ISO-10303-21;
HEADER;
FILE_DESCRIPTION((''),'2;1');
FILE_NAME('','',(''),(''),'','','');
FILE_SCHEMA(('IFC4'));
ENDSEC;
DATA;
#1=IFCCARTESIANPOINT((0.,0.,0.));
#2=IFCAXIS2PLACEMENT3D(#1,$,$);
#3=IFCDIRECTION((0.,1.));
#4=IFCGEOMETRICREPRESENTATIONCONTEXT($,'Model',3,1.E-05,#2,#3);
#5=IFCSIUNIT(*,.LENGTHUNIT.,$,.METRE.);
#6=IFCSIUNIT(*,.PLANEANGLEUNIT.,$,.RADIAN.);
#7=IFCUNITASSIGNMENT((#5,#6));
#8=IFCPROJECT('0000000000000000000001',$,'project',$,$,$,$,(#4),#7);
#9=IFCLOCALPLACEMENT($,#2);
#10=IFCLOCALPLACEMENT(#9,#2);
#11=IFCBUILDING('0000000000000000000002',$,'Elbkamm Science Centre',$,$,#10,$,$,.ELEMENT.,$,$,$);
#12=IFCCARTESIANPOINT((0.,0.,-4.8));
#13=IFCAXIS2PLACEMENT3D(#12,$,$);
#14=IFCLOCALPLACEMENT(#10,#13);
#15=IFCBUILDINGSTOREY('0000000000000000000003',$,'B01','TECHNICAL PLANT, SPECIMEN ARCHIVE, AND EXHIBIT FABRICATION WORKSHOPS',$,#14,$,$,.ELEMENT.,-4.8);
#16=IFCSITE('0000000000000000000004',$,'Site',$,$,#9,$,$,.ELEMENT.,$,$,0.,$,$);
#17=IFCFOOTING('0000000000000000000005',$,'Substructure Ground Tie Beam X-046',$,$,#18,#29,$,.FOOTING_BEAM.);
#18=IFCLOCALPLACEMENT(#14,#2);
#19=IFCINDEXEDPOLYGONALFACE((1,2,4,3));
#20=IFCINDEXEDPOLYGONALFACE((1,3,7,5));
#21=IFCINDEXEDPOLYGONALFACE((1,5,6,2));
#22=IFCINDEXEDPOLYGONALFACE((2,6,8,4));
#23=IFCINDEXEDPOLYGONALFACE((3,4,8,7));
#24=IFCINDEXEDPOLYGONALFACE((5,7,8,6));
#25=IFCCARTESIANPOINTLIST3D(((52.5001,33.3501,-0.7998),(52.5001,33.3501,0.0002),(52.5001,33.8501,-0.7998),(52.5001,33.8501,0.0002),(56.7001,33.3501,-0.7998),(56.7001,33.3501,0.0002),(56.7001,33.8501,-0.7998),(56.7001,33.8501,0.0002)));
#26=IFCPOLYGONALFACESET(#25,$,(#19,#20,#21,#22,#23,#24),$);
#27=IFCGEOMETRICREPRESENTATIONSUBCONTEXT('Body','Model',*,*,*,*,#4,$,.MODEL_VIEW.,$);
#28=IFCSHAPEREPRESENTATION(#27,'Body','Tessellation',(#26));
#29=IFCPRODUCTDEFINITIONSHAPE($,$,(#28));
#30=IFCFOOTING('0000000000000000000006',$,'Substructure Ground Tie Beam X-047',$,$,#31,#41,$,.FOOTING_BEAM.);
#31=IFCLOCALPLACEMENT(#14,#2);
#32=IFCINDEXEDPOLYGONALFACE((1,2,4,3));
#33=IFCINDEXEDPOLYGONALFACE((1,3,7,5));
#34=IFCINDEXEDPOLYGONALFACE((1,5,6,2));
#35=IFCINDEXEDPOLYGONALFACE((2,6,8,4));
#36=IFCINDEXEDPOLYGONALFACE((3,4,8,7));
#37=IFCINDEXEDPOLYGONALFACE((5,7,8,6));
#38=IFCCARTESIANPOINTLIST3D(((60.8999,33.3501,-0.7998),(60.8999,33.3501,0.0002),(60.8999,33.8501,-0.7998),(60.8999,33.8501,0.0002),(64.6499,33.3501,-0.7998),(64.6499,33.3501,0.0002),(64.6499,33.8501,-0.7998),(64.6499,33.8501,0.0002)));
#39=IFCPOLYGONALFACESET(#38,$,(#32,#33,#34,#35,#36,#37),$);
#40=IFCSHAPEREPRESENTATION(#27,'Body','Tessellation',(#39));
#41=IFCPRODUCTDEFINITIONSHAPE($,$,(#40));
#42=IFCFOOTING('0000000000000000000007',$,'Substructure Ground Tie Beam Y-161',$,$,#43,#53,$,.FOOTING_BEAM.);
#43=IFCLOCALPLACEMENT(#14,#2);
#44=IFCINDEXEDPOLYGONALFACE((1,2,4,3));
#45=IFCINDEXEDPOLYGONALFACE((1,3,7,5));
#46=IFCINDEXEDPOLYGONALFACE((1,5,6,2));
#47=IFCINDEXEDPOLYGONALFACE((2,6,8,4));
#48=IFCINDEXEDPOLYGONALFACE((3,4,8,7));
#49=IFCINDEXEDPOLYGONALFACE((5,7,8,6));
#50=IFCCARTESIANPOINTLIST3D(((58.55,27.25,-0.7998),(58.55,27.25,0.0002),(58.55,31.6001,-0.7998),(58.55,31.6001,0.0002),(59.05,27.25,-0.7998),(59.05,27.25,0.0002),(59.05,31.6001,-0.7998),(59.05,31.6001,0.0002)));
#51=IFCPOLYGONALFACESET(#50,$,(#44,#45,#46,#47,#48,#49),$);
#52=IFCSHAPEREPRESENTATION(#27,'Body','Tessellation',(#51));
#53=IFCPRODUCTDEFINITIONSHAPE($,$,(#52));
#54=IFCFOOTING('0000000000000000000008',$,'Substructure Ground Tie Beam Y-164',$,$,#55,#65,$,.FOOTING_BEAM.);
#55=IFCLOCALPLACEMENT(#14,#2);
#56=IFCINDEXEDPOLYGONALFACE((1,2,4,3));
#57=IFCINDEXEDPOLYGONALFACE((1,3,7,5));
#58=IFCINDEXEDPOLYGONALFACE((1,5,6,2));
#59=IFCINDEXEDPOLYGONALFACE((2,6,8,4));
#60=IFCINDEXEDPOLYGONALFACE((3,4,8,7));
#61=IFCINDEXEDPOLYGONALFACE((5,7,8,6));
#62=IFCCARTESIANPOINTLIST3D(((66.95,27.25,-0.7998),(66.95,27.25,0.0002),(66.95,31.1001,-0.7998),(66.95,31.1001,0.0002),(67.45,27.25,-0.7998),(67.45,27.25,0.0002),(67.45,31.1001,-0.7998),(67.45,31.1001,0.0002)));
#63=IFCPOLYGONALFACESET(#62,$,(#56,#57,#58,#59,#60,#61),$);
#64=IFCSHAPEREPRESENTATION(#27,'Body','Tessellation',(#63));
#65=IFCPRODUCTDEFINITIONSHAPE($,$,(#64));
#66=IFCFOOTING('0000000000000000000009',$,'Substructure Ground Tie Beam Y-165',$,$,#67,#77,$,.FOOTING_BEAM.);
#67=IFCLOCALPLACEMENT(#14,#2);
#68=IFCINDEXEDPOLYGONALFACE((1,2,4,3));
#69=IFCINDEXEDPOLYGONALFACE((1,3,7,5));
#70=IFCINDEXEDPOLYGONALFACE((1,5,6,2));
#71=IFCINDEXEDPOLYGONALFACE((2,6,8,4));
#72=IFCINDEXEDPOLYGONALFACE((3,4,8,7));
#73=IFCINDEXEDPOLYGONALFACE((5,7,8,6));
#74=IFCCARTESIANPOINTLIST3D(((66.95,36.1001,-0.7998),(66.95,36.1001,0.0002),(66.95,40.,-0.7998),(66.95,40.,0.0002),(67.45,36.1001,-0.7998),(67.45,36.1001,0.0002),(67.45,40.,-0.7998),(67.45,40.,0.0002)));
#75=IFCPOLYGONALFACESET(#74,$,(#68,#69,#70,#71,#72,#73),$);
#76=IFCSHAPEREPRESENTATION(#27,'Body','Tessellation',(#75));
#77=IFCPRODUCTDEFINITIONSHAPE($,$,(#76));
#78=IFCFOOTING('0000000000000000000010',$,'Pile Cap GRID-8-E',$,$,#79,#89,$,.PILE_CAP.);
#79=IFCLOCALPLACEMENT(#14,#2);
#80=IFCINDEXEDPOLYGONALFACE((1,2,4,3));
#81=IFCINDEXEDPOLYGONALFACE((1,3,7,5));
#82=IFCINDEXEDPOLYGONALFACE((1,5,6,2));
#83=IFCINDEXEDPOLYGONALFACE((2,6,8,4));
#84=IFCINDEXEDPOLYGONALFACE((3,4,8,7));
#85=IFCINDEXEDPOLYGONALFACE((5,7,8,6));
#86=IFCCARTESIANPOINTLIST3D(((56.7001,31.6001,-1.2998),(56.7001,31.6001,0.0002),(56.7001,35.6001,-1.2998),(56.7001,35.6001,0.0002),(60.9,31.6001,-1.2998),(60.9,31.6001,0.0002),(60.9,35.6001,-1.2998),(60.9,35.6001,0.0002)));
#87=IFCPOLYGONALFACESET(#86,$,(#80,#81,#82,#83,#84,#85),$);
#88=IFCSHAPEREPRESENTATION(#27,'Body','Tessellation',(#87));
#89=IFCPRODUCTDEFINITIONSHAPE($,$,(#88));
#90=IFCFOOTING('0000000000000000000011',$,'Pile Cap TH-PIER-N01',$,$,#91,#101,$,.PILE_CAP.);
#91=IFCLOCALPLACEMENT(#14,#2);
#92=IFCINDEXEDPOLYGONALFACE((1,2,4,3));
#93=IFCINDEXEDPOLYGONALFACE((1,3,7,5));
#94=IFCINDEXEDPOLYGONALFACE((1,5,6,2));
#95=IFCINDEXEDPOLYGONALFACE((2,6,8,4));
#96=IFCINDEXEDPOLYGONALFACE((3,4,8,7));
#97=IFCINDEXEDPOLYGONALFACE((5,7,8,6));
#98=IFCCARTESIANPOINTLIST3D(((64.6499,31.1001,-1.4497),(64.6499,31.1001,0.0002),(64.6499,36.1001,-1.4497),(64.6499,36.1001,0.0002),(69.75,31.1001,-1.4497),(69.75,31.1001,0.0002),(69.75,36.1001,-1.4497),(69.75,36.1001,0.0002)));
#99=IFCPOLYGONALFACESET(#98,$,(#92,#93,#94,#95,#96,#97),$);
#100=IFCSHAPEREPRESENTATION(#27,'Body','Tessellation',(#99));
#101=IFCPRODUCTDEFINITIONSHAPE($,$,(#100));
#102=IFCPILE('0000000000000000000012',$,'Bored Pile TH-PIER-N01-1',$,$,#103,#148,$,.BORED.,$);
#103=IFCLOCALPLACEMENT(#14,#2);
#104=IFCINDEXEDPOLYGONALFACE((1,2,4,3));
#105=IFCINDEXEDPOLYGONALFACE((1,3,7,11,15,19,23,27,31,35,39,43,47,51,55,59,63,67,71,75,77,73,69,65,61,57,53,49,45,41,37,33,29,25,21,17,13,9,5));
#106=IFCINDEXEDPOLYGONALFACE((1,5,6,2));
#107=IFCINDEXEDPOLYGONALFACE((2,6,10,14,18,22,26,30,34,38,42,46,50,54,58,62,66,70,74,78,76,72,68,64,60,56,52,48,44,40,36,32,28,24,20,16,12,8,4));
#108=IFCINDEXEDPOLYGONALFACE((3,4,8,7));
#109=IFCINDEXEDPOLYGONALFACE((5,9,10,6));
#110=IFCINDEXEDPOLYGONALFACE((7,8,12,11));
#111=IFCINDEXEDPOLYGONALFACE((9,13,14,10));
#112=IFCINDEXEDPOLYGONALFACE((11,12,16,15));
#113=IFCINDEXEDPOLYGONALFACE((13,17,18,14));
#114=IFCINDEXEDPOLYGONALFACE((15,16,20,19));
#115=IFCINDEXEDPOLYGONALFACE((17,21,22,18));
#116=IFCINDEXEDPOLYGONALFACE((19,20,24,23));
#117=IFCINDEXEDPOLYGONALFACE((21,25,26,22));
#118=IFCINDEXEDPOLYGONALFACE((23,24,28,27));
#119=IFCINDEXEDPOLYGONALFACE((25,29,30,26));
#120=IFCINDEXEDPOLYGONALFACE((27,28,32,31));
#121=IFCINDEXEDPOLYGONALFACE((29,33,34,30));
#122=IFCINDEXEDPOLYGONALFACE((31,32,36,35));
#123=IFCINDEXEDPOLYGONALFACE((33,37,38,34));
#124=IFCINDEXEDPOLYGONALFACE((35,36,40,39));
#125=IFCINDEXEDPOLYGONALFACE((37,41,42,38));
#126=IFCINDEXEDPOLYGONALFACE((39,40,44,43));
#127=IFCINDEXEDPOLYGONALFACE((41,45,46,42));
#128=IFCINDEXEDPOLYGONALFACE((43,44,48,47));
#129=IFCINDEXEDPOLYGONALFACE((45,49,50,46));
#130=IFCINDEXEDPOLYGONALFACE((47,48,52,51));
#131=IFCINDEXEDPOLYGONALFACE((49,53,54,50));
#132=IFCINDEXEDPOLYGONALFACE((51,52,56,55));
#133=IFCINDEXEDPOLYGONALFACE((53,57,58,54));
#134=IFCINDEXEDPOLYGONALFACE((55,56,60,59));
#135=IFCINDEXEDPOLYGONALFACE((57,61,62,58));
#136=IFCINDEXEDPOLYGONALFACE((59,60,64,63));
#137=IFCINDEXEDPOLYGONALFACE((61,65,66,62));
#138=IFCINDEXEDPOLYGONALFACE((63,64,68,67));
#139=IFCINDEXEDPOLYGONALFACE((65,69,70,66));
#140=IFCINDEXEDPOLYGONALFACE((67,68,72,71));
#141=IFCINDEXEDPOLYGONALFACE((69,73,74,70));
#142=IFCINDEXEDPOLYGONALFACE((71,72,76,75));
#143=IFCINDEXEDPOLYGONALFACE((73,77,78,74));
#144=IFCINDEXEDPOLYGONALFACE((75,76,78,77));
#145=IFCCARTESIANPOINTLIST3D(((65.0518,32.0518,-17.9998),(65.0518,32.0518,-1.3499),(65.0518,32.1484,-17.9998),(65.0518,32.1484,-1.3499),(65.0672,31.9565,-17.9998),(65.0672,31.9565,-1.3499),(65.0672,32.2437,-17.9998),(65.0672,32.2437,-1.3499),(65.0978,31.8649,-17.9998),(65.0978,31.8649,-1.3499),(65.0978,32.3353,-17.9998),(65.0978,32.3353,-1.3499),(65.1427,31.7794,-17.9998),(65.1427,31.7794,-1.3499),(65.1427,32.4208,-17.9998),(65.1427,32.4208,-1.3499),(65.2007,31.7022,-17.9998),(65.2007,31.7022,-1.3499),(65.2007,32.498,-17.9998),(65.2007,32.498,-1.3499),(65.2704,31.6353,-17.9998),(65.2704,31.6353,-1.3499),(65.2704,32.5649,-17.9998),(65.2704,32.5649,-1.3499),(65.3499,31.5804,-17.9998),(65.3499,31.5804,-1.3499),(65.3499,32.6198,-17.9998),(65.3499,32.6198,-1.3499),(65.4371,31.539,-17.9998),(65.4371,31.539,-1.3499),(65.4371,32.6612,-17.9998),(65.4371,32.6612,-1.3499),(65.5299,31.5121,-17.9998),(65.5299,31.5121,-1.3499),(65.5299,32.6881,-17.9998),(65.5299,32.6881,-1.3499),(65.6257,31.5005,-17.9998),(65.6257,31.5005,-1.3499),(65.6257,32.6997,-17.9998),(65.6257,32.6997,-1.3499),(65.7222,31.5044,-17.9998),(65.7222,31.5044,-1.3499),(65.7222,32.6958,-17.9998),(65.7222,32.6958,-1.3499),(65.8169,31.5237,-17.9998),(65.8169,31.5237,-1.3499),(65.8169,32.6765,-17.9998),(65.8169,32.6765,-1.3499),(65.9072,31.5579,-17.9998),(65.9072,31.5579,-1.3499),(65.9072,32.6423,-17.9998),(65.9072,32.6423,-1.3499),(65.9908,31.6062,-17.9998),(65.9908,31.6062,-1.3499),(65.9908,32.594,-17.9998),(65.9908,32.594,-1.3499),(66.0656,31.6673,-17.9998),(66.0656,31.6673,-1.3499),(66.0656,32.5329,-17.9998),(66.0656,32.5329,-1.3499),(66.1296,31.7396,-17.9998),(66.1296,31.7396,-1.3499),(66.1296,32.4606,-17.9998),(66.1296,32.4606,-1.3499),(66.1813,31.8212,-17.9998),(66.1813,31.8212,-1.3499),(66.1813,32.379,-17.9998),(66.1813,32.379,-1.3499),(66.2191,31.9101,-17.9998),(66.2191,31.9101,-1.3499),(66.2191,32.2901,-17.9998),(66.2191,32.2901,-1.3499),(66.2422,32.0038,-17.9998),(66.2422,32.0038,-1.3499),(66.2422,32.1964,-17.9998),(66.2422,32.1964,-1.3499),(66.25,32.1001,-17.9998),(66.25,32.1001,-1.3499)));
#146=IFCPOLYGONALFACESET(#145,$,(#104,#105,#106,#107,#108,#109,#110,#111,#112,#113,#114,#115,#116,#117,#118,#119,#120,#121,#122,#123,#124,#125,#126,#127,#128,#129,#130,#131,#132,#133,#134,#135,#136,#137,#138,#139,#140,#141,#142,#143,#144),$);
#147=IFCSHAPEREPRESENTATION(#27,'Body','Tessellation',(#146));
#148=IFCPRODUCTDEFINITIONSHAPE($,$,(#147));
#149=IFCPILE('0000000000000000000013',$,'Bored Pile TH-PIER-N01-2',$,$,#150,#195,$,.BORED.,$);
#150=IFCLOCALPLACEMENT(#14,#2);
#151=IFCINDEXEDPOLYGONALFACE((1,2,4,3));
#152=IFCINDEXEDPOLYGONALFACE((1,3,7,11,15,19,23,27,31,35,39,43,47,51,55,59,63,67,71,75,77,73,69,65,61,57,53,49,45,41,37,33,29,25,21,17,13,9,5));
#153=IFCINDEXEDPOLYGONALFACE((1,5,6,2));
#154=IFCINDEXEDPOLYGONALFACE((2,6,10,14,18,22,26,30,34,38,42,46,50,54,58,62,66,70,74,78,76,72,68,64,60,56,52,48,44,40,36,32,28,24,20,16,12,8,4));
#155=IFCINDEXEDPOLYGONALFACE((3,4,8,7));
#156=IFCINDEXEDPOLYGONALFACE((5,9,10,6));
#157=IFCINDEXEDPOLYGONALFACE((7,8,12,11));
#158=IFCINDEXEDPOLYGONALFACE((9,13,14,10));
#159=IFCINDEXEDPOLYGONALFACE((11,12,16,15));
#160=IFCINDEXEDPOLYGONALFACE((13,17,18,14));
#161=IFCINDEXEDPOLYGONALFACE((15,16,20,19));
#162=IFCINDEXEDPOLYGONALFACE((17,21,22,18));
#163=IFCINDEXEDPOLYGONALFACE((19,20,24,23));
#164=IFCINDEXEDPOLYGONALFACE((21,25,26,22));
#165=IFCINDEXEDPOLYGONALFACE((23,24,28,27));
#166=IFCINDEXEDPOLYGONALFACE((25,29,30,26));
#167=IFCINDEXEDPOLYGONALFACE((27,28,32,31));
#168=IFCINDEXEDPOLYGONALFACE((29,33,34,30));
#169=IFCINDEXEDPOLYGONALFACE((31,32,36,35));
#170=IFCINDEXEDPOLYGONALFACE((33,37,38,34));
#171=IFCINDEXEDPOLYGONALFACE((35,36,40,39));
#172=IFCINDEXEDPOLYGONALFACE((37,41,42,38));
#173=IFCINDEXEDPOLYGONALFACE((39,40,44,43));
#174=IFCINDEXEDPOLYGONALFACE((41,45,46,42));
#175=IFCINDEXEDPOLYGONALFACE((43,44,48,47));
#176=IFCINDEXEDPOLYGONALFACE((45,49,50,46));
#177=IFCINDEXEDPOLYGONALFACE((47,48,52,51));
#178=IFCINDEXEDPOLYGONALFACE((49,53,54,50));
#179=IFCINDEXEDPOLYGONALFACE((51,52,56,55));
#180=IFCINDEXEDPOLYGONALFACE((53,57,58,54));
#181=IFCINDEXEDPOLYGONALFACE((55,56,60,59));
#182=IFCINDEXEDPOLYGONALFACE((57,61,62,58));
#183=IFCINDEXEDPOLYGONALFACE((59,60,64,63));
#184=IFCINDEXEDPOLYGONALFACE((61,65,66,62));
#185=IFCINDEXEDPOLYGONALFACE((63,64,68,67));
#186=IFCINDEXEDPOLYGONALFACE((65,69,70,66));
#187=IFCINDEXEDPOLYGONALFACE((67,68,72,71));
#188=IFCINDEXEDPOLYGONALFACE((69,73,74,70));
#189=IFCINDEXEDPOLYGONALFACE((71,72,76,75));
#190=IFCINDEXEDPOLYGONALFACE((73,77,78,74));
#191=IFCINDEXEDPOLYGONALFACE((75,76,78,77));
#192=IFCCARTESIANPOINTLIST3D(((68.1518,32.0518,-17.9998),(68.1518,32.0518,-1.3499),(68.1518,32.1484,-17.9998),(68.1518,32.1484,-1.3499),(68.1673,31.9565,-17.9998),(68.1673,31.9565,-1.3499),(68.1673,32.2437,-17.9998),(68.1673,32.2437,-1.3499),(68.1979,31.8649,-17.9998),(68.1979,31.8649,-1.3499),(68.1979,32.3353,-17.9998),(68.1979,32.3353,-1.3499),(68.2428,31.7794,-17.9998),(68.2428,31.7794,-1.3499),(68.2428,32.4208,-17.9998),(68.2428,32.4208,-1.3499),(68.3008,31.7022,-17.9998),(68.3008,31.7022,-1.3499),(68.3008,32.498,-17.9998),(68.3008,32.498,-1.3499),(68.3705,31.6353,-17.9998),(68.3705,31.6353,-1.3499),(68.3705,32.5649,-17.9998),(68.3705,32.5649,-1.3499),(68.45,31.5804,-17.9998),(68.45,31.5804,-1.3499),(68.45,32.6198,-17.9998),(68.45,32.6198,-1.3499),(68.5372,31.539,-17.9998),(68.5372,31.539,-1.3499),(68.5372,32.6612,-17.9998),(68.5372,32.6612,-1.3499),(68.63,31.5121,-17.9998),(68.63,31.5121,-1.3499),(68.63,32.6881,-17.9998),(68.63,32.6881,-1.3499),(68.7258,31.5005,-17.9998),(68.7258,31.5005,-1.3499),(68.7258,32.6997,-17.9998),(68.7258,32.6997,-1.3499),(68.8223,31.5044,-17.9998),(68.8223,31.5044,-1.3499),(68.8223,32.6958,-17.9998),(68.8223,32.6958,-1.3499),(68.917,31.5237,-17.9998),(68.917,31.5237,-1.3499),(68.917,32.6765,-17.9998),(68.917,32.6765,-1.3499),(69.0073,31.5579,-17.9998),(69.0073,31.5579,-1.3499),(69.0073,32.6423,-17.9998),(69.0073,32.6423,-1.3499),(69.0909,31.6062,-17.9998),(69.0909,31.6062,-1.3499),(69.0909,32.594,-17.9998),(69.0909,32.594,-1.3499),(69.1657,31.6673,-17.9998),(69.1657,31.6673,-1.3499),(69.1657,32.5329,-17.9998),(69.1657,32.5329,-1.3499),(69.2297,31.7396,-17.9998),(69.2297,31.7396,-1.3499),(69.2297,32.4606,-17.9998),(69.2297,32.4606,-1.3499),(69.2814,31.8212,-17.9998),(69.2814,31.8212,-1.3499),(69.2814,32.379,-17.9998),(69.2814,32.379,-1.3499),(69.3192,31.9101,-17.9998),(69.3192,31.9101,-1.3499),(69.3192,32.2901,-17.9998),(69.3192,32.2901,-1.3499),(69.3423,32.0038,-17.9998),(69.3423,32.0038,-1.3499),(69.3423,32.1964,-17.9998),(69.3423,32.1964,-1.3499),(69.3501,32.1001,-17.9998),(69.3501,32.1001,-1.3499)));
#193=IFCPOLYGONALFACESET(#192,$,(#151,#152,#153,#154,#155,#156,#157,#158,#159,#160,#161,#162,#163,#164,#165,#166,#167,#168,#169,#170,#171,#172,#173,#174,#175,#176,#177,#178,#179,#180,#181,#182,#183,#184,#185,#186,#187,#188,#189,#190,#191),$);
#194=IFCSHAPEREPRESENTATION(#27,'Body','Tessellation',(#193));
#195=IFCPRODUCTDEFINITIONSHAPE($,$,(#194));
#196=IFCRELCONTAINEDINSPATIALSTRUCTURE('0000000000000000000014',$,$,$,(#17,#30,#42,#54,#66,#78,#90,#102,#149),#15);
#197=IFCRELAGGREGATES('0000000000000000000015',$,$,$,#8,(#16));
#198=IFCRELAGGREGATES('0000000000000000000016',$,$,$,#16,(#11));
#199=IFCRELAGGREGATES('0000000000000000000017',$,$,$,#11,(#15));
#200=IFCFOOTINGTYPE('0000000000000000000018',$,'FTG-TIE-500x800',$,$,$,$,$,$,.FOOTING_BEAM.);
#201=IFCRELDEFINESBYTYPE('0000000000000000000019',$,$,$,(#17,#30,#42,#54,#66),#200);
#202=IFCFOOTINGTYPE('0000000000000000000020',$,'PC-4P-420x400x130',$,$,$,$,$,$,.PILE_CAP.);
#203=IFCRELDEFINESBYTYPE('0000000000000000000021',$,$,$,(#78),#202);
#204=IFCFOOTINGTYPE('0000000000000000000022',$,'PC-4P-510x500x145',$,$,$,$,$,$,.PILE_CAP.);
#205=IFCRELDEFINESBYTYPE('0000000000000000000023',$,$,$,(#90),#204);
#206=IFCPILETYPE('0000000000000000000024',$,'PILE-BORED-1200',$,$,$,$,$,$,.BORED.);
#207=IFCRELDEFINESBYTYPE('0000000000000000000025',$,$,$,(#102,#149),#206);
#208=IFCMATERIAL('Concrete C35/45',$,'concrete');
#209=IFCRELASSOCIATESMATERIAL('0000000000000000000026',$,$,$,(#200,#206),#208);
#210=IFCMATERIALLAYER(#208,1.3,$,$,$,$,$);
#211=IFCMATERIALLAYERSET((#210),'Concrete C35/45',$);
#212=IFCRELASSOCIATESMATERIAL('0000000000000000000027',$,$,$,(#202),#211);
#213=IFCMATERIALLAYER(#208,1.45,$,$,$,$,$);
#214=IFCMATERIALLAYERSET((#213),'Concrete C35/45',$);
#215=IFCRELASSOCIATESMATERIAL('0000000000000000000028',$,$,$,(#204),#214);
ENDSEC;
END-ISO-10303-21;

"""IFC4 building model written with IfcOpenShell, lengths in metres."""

from ifc_helpers import new_model, si_unit, direction, frame, origin, origin_2d, place, context, subcontext, project, spatial, rectangle, circle, extrude, material, layer, layer_set, material_profile, profile_set, type_object, element, save


model = new_model("IFC4")

# Units and contexts
model_context = context("Model", 3, precision=1e-05, world=origin(), true_north=direction((0.0, 1.0)))
body_context = subcontext(model_context, "Body", "Model", "MODEL_VIEW")
ifc_project = project(units=[si_unit("LENGTHUNIT", "METRE"), si_unit("PLANEANGLEUNIT", "RADIAN")], contexts=[model_context])

# Site, building, storey
site_placement = place(None, origin())
site = spatial("IfcSite", under=ifc_project, at=site_placement, Name="Site", CompositionType="ELEMENT", RefElevation=0.0)
building_placement = place(site_placement, origin())
building = spatial("IfcBuilding", under=site, at=building_placement, Name="Elbkamm Science Centre", CompositionType="ELEMENT")
storey_placement = place(building_placement, frame((0.0, 0.0, -4.8)))
storey = spatial("IfcBuildingStorey", under=building, at=storey_placement, Name="B01", Description="TECHNICAL PLANT, SPECIMEN ARCHIVE, AND EXHIBIT FABRICATION WORKSHOPS", CompositionType="ELEMENT", Elevation=-4.8)

# Footings
ifc_material_1 = material(Name="Concrete C35/45", Category="concrete")
footing_type_1 = type_object("IfcFootingType", Name="FTG-TIE-500x800", PredefinedType="FOOTING_BEAM", material=ifc_material_1)
footing_1_placement = place(storey_placement, frame((54.6001, 33.6001, -0.7998), z_axis=(0.0, 0.0, 1.0), x_axis=(1.0, 0.0, 0.0)))
element("IfcFooting", 1, at=footing_1_placement, inside=storey, type_object=footing_type_1, Name="Substructure Ground Tie Beam X-046", PredefinedType="FOOTING_BEAM", context=body_context, shape_type="SweptSolid", body=[
    extrude(rectangle(XDim=4.2, YDim=0.5, at=origin_2d()), origin(), (0.0, 0.0, 1.0), 0.8),
])
footing_2_placement = place(storey_placement, frame((62.7749, 33.6001, -0.7998), z_axis=(0.0, 0.0, 1.0), x_axis=(1.0, 0.0, 0.0)))
element("IfcFooting", 2, at=footing_2_placement, inside=storey, type_object=footing_type_1, Name="Substructure Ground Tie Beam X-047", PredefinedType="FOOTING_BEAM", context=body_context, shape_type="SweptSolid", body=[
    extrude(rectangle(XDim=3.75, YDim=0.5, at=origin_2d()), origin(), (0.0, 0.0, 1.0), 0.8),
])
footing_3_placement = place(storey_placement, frame((58.8, 29.425, -0.7998), z_axis=(0.0, 0.0, 1.0), x_axis=(1.0, 0.0, 0.0)))
element("IfcFooting", 3, at=footing_3_placement, inside=storey, type_object=footing_type_1, Name="Substructure Ground Tie Beam Y-161", PredefinedType="FOOTING_BEAM", context=body_context, shape_type="SweptSolid", body=[
    extrude(rectangle(XDim=0.5, YDim=4.3501, at=origin_2d()), origin(), (0.0, 0.0, 1.0), 0.8),
])
footing_4_placement = place(storey_placement, frame((67.2, 29.175, -0.7998), z_axis=(0.0, 0.0, 1.0), x_axis=(1.0, 0.0, 0.0)))
element("IfcFooting", 4, at=footing_4_placement, inside=storey, type_object=footing_type_1, Name="Substructure Ground Tie Beam Y-164", PredefinedType="FOOTING_BEAM", context=body_context, shape_type="SweptSolid", body=[
    extrude(rectangle(XDim=0.5, YDim=3.8501, at=origin_2d()), origin(), (0.0, 0.0, 1.0), 0.8),
])
footing_5_placement = place(storey_placement, frame((67.2, 38.05, -0.7998), z_axis=(0.0, 0.0, 1.0), x_axis=(1.0, 0.0, 0.0)))
element("IfcFooting", 5, at=footing_5_placement, inside=storey, type_object=footing_type_1, Name="Substructure Ground Tie Beam Y-165", PredefinedType="FOOTING_BEAM", context=body_context, shape_type="SweptSolid", body=[
    extrude(rectangle(XDim=0.5, YDim=3.8999, at=origin_2d()), origin(), (0.0, 0.0, 1.0), 0.8),
])
ifc_layer_1 = layer(ifc_material_1, 1.3)
ifc_layer_set_1 = layer_set([ifc_layer_1], Name="Concrete C35/45")
footing_type_2 = type_object("IfcFootingType", Name="PC-4P-420x400x130", PredefinedType="PILE_CAP", material=ifc_layer_set_1)
footing_6_placement = place(storey_placement, frame((58.8, 33.6001, -1.2998), z_axis=(0.0, 0.0, 1.0), x_axis=(1.0, 0.0, 0.0)))
element("IfcFooting", 6, at=footing_6_placement, inside=storey, type_object=footing_type_2, Name="Pile Cap GRID-8-E", PredefinedType="PILE_CAP", context=body_context, shape_type="SweptSolid", body=[
    extrude(rectangle(XDim=4.2, YDim=4.0, at=origin_2d()), origin(), (0.0, 0.0, 1.0), 1.3),
])
ifc_layer_2 = layer(ifc_material_1, 1.45)
ifc_layer_set_2 = layer_set([ifc_layer_2], Name="Concrete C35/45")
footing_type_3 = type_object("IfcFootingType", Name="PC-4P-510x500x145", PredefinedType="PILE_CAP", material=ifc_layer_set_2)
footing_7_placement = place(storey_placement, frame((67.2, 33.6001, -1.4497), z_axis=(0.0, 0.0, 1.0), x_axis=(1.0, 0.0, 0.0)))
element("IfcFooting", 7, at=footing_7_placement, inside=storey, type_object=footing_type_3, Name="Pile Cap TH-PIER-N01", PredefinedType="PILE_CAP", context=body_context, shape_type="SweptSolid", body=[
    extrude(rectangle(XDim=5.1001, YDim=5.0, at=origin_2d()), origin(), (0.0, 0.0, 1.0), 1.45),
])

# Piles
ifc_material_profile_1 = material_profile(ifc_material_1, circle(Radius=0.6001, at=origin_2d()), Name="PILE D1200")
ifc_profile_set_1 = profile_set([ifc_material_profile_1], Name="Concrete C35/45")
pile_type_1 = type_object("IfcPileType", Name="PILE-BORED-1200", PredefinedType="BORED", material=ifc_profile_set_1)
for number, where, z_axis, x_axis, name in (
    (8, (65.6499, 32.1001, -1.3499), (0.0, 0.0, -1.0), (1.0, 0.0, 0.0), "Bored Pile TH-PIER-N01-1"),
    (9, (68.75, 32.1001, -1.3499), (0.0, 0.0, -1.0), (1.0, 0.0, 0.0), "Bored Pile TH-PIER-N01-2"),
):
    element("IfcPile", number, at=place(storey_placement, frame(where, z_axis=z_axis, x_axis=x_axis)), inside=storey, type_object=pile_type_1, Name=name, PredefinedType="BORED", context=body_context, shape_type="SweptSolid", body=[
        extrude(circle(Radius=0.6001, at=origin_2d()), origin(), (0.0, 0.0, 1.0), 16.6499),
    ])

save(model, "model.ifc")
